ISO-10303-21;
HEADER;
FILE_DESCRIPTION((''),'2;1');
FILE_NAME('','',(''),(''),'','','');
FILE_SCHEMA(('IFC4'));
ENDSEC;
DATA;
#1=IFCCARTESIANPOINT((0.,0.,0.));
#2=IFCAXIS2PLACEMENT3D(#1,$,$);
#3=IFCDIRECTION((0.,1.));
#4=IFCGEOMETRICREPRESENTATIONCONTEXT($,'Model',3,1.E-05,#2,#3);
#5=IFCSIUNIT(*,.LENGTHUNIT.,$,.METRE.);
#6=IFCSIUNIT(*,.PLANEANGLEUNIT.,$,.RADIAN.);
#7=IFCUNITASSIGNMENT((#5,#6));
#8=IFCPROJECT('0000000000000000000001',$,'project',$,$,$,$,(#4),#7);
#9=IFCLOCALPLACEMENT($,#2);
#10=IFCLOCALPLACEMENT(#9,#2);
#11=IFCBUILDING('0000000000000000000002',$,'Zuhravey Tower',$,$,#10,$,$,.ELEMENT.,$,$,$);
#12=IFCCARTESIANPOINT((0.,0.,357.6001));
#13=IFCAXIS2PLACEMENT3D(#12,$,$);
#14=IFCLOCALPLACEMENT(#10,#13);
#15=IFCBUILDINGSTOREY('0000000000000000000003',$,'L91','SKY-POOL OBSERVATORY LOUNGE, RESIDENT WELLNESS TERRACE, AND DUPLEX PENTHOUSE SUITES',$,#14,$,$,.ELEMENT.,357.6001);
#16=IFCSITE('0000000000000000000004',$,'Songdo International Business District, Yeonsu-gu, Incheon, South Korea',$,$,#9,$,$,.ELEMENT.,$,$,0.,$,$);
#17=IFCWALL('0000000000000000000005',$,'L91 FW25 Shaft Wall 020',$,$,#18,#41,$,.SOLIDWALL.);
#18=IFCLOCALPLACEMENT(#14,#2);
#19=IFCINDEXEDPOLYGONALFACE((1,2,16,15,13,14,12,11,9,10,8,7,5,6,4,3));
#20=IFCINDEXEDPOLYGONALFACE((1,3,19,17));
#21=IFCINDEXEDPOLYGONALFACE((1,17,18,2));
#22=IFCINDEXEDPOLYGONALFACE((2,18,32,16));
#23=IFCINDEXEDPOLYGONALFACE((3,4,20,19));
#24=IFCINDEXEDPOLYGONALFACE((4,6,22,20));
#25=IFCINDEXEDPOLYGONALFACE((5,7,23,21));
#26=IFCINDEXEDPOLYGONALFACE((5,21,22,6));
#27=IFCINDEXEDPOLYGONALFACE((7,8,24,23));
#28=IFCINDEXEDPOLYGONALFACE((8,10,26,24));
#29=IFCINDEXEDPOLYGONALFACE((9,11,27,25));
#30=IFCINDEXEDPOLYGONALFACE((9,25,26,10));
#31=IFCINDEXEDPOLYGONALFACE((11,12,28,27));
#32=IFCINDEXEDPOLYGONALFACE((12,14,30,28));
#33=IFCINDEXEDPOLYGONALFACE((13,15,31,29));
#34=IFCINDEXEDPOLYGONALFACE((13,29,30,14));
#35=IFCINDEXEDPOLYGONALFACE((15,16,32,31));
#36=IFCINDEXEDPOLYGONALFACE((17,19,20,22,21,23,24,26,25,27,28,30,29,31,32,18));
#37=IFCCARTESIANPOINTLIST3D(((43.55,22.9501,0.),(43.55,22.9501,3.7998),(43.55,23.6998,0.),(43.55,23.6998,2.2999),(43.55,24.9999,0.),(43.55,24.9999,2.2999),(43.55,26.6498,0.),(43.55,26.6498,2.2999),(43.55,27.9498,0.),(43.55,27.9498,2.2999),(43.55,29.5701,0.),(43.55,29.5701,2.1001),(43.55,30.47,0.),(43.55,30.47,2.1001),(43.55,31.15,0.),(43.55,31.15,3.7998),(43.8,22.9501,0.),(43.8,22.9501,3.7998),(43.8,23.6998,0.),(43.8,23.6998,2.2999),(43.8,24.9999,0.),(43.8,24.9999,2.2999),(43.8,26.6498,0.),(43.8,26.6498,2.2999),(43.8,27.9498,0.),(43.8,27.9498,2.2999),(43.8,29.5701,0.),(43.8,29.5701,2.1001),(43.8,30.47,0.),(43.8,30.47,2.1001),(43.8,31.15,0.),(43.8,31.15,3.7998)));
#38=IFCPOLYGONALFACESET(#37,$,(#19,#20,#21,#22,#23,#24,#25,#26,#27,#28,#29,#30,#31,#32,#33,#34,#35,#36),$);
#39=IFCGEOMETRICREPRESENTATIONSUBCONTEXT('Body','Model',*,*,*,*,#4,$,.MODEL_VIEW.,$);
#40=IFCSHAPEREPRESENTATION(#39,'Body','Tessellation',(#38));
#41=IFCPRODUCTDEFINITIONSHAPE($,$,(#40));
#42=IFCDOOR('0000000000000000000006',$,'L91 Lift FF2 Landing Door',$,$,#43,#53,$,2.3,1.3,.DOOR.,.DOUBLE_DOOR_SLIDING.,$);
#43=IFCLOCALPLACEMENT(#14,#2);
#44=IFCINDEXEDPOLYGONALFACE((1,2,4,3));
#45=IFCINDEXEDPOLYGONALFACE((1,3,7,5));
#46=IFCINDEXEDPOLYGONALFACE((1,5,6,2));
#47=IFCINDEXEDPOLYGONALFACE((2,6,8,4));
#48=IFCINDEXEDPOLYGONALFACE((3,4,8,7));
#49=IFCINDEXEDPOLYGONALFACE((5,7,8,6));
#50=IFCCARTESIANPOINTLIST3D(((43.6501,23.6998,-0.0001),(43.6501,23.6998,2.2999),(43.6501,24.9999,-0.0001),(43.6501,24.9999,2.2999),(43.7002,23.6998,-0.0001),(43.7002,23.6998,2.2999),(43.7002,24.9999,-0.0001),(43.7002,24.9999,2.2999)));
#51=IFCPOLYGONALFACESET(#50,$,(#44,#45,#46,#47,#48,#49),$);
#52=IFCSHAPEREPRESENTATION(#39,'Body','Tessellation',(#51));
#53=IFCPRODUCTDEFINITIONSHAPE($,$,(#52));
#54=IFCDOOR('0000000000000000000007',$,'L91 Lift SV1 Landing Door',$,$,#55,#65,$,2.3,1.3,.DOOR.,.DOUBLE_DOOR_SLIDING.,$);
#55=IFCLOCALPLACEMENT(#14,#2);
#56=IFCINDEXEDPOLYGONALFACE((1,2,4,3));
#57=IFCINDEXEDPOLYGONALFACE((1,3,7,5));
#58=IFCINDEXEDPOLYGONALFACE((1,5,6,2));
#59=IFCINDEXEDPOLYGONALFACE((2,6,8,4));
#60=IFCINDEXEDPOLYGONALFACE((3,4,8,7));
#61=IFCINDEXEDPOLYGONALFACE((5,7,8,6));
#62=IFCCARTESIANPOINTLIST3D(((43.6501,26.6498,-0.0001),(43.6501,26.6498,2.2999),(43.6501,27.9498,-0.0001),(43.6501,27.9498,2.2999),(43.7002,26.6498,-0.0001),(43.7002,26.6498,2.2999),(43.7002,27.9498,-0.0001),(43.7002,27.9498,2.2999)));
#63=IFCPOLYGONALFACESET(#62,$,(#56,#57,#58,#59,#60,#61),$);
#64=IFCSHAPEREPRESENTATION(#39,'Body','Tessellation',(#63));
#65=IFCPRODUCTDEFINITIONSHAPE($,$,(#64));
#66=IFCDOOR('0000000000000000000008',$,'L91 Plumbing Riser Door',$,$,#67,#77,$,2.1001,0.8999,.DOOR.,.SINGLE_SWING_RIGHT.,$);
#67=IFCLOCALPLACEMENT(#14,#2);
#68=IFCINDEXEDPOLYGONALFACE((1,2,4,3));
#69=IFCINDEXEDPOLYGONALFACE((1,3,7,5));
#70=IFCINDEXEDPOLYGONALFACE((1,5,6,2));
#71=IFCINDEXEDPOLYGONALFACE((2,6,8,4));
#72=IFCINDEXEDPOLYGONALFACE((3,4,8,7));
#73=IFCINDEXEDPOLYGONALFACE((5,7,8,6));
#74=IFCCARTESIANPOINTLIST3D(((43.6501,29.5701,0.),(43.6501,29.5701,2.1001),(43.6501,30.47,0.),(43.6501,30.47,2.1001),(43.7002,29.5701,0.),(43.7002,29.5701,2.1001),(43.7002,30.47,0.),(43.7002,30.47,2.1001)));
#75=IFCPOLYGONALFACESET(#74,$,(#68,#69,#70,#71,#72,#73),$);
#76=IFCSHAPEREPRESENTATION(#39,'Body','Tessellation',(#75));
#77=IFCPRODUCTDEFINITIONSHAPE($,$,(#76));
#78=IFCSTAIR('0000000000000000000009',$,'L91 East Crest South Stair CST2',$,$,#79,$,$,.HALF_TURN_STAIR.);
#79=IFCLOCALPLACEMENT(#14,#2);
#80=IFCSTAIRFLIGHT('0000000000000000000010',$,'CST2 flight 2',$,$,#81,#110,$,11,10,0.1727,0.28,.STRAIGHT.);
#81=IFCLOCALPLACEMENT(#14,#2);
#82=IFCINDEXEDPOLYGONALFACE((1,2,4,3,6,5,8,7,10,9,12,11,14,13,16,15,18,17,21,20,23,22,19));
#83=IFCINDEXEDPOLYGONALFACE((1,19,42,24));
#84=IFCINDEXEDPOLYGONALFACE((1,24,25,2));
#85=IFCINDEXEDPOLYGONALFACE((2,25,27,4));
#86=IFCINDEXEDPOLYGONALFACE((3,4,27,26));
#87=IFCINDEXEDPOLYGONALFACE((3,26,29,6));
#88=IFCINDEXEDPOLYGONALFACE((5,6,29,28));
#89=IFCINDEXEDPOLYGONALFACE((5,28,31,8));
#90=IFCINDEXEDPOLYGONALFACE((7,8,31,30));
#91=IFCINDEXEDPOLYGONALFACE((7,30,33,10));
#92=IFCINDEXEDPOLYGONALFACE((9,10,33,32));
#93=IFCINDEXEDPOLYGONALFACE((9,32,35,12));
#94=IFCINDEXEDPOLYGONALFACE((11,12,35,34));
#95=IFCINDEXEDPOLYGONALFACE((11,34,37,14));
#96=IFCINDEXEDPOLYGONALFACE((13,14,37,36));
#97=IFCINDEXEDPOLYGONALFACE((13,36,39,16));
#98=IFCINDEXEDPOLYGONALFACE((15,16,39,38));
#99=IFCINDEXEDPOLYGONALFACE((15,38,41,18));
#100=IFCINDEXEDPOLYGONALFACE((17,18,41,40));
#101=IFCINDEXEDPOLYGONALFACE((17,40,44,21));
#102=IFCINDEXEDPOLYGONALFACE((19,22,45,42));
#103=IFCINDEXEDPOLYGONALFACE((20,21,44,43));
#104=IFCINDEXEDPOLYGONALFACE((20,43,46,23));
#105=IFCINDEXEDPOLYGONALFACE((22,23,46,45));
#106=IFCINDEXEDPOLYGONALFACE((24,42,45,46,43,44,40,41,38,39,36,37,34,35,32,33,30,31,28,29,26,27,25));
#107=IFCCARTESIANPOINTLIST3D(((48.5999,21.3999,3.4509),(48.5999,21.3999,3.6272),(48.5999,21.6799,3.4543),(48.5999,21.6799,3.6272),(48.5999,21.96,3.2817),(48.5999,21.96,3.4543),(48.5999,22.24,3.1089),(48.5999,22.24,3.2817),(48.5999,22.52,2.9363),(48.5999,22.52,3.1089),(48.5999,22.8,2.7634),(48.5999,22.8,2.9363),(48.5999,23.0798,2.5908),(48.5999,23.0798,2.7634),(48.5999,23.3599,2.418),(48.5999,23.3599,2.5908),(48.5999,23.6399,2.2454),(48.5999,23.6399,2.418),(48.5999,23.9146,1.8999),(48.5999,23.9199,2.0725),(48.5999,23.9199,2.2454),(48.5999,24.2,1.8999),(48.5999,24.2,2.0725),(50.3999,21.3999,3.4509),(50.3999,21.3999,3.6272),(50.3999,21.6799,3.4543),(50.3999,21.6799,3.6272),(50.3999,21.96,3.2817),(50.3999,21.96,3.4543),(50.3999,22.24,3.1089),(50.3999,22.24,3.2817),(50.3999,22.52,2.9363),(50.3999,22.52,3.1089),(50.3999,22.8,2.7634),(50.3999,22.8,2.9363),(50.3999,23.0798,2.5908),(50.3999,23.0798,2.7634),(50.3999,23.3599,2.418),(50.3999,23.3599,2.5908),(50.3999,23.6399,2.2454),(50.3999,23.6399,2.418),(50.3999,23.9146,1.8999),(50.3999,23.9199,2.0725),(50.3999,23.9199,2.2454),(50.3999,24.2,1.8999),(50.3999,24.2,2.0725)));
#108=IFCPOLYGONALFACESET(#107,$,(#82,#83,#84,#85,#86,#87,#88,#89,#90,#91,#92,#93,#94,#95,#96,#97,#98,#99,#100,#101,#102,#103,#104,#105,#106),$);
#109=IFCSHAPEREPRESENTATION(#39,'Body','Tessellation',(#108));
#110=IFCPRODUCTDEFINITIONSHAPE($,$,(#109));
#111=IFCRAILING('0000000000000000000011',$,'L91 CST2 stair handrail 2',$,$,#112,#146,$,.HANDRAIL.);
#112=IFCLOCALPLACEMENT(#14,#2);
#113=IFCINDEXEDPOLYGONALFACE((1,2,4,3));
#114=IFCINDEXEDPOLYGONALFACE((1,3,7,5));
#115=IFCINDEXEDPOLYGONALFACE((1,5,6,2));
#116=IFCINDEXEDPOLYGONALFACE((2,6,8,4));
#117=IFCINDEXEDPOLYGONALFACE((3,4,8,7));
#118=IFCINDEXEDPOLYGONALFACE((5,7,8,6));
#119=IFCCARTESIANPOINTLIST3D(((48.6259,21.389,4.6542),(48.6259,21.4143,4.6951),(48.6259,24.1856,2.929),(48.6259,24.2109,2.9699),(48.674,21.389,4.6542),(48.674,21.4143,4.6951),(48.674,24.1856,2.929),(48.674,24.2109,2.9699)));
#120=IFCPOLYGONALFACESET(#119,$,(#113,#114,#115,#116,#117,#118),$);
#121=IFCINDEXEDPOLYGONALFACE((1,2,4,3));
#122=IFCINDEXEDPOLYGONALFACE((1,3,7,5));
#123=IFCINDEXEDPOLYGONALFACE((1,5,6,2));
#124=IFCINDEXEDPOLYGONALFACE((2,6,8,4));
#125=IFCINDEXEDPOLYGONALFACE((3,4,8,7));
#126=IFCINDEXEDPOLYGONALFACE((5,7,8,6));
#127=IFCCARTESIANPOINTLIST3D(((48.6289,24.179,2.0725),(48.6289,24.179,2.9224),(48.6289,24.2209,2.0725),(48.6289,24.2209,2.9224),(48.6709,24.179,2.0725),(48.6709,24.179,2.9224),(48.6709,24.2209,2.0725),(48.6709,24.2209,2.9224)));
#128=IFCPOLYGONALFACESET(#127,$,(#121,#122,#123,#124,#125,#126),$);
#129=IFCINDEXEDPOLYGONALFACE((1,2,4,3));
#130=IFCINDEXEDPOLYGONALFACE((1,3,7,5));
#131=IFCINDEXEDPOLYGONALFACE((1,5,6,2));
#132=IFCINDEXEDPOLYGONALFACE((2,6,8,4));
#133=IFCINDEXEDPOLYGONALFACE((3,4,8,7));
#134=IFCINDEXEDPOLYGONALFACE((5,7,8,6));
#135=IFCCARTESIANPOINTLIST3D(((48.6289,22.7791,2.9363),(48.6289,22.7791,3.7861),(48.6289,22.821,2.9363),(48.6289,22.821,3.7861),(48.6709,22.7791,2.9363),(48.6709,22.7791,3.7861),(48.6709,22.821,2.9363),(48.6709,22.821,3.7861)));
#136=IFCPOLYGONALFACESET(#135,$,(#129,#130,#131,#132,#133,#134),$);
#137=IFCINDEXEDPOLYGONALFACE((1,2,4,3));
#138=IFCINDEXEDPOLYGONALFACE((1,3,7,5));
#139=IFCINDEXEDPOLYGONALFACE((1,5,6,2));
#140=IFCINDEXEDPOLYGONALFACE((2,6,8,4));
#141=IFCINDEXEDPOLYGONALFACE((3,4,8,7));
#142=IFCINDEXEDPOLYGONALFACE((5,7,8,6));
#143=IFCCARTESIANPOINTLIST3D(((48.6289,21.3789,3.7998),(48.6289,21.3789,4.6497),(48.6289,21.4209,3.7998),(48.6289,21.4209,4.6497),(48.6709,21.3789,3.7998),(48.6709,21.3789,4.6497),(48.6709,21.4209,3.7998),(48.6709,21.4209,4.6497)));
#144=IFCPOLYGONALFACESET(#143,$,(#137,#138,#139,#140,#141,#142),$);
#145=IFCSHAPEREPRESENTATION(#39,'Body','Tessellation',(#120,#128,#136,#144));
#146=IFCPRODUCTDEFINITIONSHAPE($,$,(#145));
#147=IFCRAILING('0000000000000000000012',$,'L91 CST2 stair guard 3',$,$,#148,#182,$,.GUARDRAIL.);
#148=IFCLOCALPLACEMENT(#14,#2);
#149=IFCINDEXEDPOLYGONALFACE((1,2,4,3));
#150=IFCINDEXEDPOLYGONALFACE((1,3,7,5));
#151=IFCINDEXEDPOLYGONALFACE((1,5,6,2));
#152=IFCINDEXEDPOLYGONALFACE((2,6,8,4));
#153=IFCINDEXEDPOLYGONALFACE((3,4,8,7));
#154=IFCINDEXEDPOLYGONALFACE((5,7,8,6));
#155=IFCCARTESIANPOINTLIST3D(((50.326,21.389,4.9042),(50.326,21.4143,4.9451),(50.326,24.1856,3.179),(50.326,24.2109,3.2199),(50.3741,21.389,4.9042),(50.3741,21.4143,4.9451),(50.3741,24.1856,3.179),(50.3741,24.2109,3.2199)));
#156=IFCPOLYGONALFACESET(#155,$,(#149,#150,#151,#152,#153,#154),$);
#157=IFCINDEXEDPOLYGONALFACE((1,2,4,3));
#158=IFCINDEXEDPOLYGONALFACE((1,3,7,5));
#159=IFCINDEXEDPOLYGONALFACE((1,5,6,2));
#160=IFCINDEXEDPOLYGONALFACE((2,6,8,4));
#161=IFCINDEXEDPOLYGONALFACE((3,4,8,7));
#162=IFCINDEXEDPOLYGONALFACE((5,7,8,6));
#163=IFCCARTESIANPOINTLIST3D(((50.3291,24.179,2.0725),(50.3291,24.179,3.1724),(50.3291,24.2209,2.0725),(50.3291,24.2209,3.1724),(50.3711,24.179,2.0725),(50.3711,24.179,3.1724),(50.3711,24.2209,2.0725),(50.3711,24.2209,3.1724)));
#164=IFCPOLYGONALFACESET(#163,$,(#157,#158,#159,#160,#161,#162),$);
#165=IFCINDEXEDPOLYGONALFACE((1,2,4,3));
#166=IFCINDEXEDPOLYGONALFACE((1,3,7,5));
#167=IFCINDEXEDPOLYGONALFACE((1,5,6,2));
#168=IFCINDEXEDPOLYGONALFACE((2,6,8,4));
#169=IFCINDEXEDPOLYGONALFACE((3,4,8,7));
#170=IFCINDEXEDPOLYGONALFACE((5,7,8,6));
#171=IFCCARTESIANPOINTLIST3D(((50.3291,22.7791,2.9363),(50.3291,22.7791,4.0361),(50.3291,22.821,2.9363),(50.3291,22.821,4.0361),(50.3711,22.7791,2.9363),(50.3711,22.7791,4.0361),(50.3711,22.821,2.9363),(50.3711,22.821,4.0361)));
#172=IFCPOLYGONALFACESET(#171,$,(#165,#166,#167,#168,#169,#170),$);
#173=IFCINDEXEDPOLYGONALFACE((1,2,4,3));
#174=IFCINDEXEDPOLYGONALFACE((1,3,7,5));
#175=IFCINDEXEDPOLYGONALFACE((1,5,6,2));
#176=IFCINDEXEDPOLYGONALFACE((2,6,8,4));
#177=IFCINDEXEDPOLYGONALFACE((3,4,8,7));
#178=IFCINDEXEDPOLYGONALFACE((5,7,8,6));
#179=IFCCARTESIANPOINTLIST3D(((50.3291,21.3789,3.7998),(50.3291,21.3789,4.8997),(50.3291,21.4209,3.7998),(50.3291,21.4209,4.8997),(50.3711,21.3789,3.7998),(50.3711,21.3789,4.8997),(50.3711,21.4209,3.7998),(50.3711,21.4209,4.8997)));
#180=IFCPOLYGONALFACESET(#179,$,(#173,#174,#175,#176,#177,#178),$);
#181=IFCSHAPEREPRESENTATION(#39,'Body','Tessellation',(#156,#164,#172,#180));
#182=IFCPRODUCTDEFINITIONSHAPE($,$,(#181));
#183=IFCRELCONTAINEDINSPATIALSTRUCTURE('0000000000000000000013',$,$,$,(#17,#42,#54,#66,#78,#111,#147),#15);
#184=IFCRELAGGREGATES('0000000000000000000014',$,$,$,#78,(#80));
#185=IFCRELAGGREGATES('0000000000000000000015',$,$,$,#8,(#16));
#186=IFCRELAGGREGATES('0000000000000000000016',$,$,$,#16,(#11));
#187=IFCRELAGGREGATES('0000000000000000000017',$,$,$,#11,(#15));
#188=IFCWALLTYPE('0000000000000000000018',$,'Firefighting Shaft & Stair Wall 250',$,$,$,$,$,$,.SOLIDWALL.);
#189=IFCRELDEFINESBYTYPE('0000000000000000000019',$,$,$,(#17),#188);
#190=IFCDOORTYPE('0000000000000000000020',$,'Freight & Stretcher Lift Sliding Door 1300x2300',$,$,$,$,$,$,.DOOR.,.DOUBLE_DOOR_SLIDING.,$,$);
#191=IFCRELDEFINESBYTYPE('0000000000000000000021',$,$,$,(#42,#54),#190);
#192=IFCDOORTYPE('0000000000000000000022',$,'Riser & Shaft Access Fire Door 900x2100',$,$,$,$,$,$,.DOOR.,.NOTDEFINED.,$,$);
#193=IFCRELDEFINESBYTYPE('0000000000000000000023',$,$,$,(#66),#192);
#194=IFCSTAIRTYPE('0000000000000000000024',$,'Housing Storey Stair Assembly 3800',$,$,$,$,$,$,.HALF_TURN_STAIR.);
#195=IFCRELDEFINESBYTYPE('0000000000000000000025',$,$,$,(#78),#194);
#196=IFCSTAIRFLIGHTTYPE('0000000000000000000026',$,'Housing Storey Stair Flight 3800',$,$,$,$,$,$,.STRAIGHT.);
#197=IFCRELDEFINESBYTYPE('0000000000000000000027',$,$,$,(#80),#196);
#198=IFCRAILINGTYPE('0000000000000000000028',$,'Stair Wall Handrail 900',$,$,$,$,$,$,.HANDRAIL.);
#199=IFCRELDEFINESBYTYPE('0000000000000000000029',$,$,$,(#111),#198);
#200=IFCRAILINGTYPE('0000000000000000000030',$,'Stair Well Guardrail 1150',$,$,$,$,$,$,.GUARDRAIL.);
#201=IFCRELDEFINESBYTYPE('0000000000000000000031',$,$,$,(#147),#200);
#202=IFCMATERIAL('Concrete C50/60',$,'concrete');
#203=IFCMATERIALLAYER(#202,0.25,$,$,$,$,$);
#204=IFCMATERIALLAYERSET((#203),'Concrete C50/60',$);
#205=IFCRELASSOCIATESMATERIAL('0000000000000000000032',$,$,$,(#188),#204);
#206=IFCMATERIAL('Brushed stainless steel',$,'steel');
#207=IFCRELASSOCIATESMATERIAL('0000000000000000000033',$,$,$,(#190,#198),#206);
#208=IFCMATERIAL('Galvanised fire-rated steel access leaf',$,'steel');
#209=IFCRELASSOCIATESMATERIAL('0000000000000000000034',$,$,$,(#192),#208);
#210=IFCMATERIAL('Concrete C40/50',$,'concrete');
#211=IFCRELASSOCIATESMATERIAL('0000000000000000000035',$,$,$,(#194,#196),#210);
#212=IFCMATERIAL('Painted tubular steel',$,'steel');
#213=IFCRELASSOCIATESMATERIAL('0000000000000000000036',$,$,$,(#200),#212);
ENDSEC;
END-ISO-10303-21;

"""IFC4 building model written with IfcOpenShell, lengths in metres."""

from ifc_helpers import new_model, si_unit, direction, frame, frame_2d, origin, origin_2d, place, context, subcontext, project, spatial, polyline, rectangle, outline, extrude, material, layer, layer_set, type_object, element, fill, aggregate, save


model = new_model("IFC4")

# Units and contexts
model_context = context("Model", 3, precision=1e-05, world=origin(), true_north=direction((0.0, 1.0)))
body_context = subcontext(model_context, "Body", "Model", "MODEL_VIEW")
ifc_project = project(units=[si_unit("LENGTHUNIT", "METRE"), si_unit("PLANEANGLEUNIT", "RADIAN")], contexts=[model_context])

# Site, building, storey
site_placement = place(None, origin())
site = spatial("IfcSite", under=ifc_project, at=site_placement, Name="Songdo International Business District, Yeonsu-gu, Incheon, South Korea", CompositionType="ELEMENT", RefElevation=0.0)
building_placement = place(site_placement, origin())
building = spatial("IfcBuilding", under=site, at=building_placement, Name="Zuhravey Tower", CompositionType="ELEMENT")
storey_placement = place(building_placement, frame((0.0, 0.0, 357.6001)))
storey = spatial("IfcBuildingStorey", under=building, at=storey_placement, Name="L91", Description="SKY-POOL OBSERVATORY LOUNGE, RESIDENT WELLNESS TERRACE, AND DUPLEX PENTHOUSE SUITES", CompositionType="ELEMENT", Elevation=357.6001)

# Shared definitions
ifc_material_1 = material(Name="Concrete C50/60", Category="concrete")

# Shared definitions
ifc_layer_1 = layer(ifc_material_1, 0.25)
ifc_layer_set_1 = layer_set([ifc_layer_1], Name="Concrete C50/60")
wall_type_1 = type_object("IfcWallType", Name="Firefighting Shaft & Stair Wall 250", PredefinedType="SOLIDWALL", material=ifc_layer_set_1)

# Wall, openings, doors
wall_1_placement = place(storey_placement, frame((43.675, 22.95, 0.0), z_axis=(0.0, 0.0, 1.0), x_axis=(0.0, 1.0, 0.0)))
wall_1 = element("IfcWall", 1, at=wall_1_placement, inside=storey, type_object=wall_type_1, Name="L91 FW25 Shaft Wall 020", PredefinedType="SOLIDWALL", context=body_context, shape_type="SweptSolid", body=[
    extrude(rectangle(XDim=8.2, YDim=0.25, at=frame_2d((4.1001, 0.0))), origin(), (0.0, 0.0, 1.0), 3.7998),
])
opening_1_placement = place(wall_1_placement, frame((0.75, 0.0, 0.0)))
opening_1 = element("IfcOpeningElement", 2, at=opening_1_placement, cuts=wall_1, PredefinedType="OPENING", context=body_context, shape_type="SweptSolid", body=[
    extrude(rectangle(XDim=1.3, YDim=2.3, at=frame_2d((0.6499, 1.1499))), frame((0.0, 0.137, 0.0), z_axis=(0.0, -1.0, 0.0), x_axis=(1.0, 0.0, 0.0)), (0.0, 0.0, 1.0), 0.2739),
])
opening_2_placement = place(wall_1_placement, frame((3.7, 0.0, 0.0)))
opening_2 = element("IfcOpeningElement", 3, at=opening_2_placement, cuts=wall_1, PredefinedType="OPENING", context=body_context, shape_type="SweptSolid", body=[
    extrude(rectangle(XDim=1.3, YDim=2.3, at=frame_2d((0.6499, 1.1499))), frame((0.0, 0.137, 0.0), z_axis=(0.0, -1.0, 0.0), x_axis=(1.0, 0.0, 0.0)), (0.0, 0.0, 1.0), 0.2739),
])
opening_3_placement = place(wall_1_placement, frame((6.6201, 0.0, 0.0)))
opening_3 = element("IfcOpeningElement", 4, at=opening_3_placement, cuts=wall_1, PredefinedType="OPENING", context=body_context, shape_type="SweptSolid", body=[
    extrude(rectangle(XDim=0.8999, YDim=2.1001, at=frame_2d((0.45, 1.05))), frame((0.0, 0.137, 0.0), z_axis=(0.0, -1.0, 0.0), x_axis=(1.0, 0.0, 0.0)), (0.0, 0.0, 1.0), 0.2739),
])
ifc_material_2 = material(Name="Brushed stainless steel", Category="steel")
door_type_1 = type_object("IfcDoorType", Name="Freight & Stretcher Lift Sliding Door 1300x2300", OperationType="DOUBLE_DOOR_SLIDING", PredefinedType="DOOR", material=ifc_material_2)
door_1_placement = place(opening_1_placement, origin())
door_1 = element("IfcDoor", 5, at=door_1_placement, inside=storey, type_object=door_type_1, Name="L91 Lift FF2 Landing Door", OperationType="DOUBLE_DOOR_SLIDING", OverallHeight=2.3, OverallWidth=1.3, PredefinedType="DOOR", context=body_context, shape_type="SweptSolid", body=[
    extrude(rectangle(XDim=1.3, YDim=2.3, at=frame_2d((0.6499, 1.1499))), frame((0.0, 0.0249, 0.0), z_axis=(0.0, -1.0, 0.0), x_axis=(1.0, 0.0, 0.0)), (0.0, 0.0, 1.0), 0.05),
])
fill(opening_1, door_1)
door_2_placement = place(opening_2_placement, origin())
door_2 = element("IfcDoor", 6, at=door_2_placement, inside=storey, type_object=door_type_1, Name="L91 Lift SV1 Landing Door", OperationType="DOUBLE_DOOR_SLIDING", OverallHeight=2.3, OverallWidth=1.3, PredefinedType="DOOR", context=body_context, shape_type="SweptSolid", body=[
    extrude(rectangle(XDim=1.3, YDim=2.3, at=frame_2d((0.6499, 1.1499))), frame((0.0, 0.0249, 0.0), z_axis=(0.0, -1.0, 0.0), x_axis=(1.0, 0.0, 0.0)), (0.0, 0.0, 1.0), 0.05),
])
fill(opening_2, door_2)
ifc_material_3 = material(Name="Galvanised fire-rated steel access leaf", Category="steel")
door_type_2 = type_object("IfcDoorType", Name="Riser & Shaft Access Fire Door 900x2100", OperationType="NOTDEFINED", PredefinedType="DOOR", material=ifc_material_3)
door_3_placement = place(opening_3_placement, origin())
door_3 = element("IfcDoor", 7, at=door_3_placement, inside=storey, type_object=door_type_2, Name="L91 Plumbing Riser Door", OperationType="SINGLE_SWING_RIGHT", OverallHeight=2.1001, OverallWidth=0.8999, PredefinedType="DOOR", context=body_context, shape_type="SweptSolid", body=[
    extrude(rectangle(XDim=0.8999, YDim=2.1001, at=frame_2d((0.45, 1.05))), frame((0.0, 0.0249, 0.0), z_axis=(0.0, -1.0, 0.0), x_axis=(1.0, 0.0, 0.0)), (0.0, 0.0, 1.0), 0.05),
])
fill(opening_3, door_3)

# Stair, stair flight
ifc_material_4 = material(Name="Concrete C40/50", Category="concrete")
stair_type = type_object("IfcStairType", Name="Housing Storey Stair Assembly 3800", PredefinedType="HALF_TURN_STAIR", material=ifc_material_4)
stair_placement = place(storey_placement, origin())
stair = element("IfcStair", 8, at=stair_placement, inside=storey, type_object=stair_type, Name="L91 East Crest South Stair CST2", PredefinedType="HALF_TURN_STAIR")
stair_flight_type = type_object("IfcStairFlightType", Name="Housing Storey Stair Flight 3800", PredefinedType="STRAIGHT", material=ifc_material_4)
stair_flight_placement = place(storey_placement, frame((49.5, 24.2, 1.8999), z_axis=(0.0, 0.0, 1.0), x_axis=(0.0, -1.0, 0.0)))
stair_flight = element("IfcStairFlight", 9, at=stair_flight_placement, type_object=stair_flight_type, Name="CST2 flight 2", NumberOfRisers=11, NumberOfTreads=10, PredefinedType="STRAIGHT", RiserHeight=0.1727, TreadLength=0.28, context=body_context, shape_type="SweptSolid", body=[
    extrude(outline(polyline([(0.0, 0.0), (0.0, 0.1726), (0.28, 0.1726), (0.28, 0.3455), (0.5601, 0.3455), (0.5601, 0.5181), (0.8401, 0.5181), (0.8401, 0.6909), (1.1201, 0.6909), (1.1201, 0.8635), (1.3999, 0.8635), (1.3999, 1.0364), (1.6799, 1.0364), (1.6799, 1.209), (1.96, 1.209), (1.96, 1.3818), (2.24, 1.3818), (2.24, 1.5544), (2.52, 1.5544), (2.52, 1.7273), (2.8, 1.7273), (2.8, 1.8999), (2.8, 1.551), (0.2854, 0.0), (0.0, 0.0)])), frame((0.0, 0.8999, 0.0), z_axis=(0.0, -1.0, 0.0), x_axis=(1.0, 0.0, 0.0)), (0.0, 0.0, 1.0), 1.8),
])
aggregate(stair, [stair_flight])

# Railings
railing_type_1 = type_object("IfcRailingType", Name="Stair Wall Handrail 900", PredefinedType="HANDRAIL", material=ifc_material_2)
railing_1_placement = place(storey_placement, frame((48.6499, 24.2, 2.0725)))
element("IfcRailing", 10, at=railing_1_placement, inside=storey, type_object=railing_type_1, Name="L91 CST2 stair handrail 2", PredefinedType="HANDRAIL", context=body_context, shape_type="SweptSolid", body=[
    extrude(rectangle(XDim=0.0481, YDim=0.0481, at=origin_2d()), frame((0.0, -0.0017, 0.877), z_axis=(0.0, -0.85109, 0.52502), x_axis=(1.0, 0.0, 0.0)), (0.0, 0.0, 1.0), 3.2859),
    extrude(rectangle(XDim=0.042, YDim=0.042, at=origin_2d()), origin(), (0.0, 0.0, 1.0), 0.8499),
    extrude(rectangle(XDim=0.042, YDim=0.042, at=origin_2d()), frame((0.0, -1.3999, 0.8638)), (0.0, 0.0, 1.0), 0.8499),
    extrude(rectangle(XDim=0.042, YDim=0.042, at=origin_2d()), frame((0.0, -2.8, 1.7273)), (0.0, 0.0, 1.0), 0.8499),
])
ifc_material_5 = material(Name="Painted tubular steel", Category="steel")
railing_type_2 = type_object("IfcRailingType", Name="Stair Well Guardrail 1150", PredefinedType="GUARDRAIL", material=ifc_material_5)
railing_2_placement = place(storey_placement, frame((50.3501, 24.2, 2.0725)))
element("IfcRailing", 11, at=railing_2_placement, inside=storey, type_object=railing_type_2, Name="L91 CST2 stair guard 3", PredefinedType="GUARDRAIL", context=body_context, shape_type="SweptSolid", body=[
    extrude(rectangle(XDim=0.0481, YDim=0.0481, at=origin_2d()), frame((0.0, -0.0017, 1.127), z_axis=(0.0, -0.85109, 0.52502), x_axis=(1.0, 0.0, 0.0)), (0.0, 0.0, 1.0), 3.2859),
    extrude(rectangle(XDim=0.042, YDim=0.042, at=origin_2d()), origin(), (0.0, 0.0, 1.0), 1.0999),
    extrude(rectangle(XDim=0.042, YDim=0.042, at=origin_2d()), frame((0.0, -1.3999, 0.8638)), (0.0, 0.0, 1.0), 1.0999),
    extrude(rectangle(XDim=0.042, YDim=0.042, at=origin_2d()), frame((0.0, -2.8, 1.7273)), (0.0, 0.0, 1.0), 1.0999),
])

save(model, "model.ifc")
